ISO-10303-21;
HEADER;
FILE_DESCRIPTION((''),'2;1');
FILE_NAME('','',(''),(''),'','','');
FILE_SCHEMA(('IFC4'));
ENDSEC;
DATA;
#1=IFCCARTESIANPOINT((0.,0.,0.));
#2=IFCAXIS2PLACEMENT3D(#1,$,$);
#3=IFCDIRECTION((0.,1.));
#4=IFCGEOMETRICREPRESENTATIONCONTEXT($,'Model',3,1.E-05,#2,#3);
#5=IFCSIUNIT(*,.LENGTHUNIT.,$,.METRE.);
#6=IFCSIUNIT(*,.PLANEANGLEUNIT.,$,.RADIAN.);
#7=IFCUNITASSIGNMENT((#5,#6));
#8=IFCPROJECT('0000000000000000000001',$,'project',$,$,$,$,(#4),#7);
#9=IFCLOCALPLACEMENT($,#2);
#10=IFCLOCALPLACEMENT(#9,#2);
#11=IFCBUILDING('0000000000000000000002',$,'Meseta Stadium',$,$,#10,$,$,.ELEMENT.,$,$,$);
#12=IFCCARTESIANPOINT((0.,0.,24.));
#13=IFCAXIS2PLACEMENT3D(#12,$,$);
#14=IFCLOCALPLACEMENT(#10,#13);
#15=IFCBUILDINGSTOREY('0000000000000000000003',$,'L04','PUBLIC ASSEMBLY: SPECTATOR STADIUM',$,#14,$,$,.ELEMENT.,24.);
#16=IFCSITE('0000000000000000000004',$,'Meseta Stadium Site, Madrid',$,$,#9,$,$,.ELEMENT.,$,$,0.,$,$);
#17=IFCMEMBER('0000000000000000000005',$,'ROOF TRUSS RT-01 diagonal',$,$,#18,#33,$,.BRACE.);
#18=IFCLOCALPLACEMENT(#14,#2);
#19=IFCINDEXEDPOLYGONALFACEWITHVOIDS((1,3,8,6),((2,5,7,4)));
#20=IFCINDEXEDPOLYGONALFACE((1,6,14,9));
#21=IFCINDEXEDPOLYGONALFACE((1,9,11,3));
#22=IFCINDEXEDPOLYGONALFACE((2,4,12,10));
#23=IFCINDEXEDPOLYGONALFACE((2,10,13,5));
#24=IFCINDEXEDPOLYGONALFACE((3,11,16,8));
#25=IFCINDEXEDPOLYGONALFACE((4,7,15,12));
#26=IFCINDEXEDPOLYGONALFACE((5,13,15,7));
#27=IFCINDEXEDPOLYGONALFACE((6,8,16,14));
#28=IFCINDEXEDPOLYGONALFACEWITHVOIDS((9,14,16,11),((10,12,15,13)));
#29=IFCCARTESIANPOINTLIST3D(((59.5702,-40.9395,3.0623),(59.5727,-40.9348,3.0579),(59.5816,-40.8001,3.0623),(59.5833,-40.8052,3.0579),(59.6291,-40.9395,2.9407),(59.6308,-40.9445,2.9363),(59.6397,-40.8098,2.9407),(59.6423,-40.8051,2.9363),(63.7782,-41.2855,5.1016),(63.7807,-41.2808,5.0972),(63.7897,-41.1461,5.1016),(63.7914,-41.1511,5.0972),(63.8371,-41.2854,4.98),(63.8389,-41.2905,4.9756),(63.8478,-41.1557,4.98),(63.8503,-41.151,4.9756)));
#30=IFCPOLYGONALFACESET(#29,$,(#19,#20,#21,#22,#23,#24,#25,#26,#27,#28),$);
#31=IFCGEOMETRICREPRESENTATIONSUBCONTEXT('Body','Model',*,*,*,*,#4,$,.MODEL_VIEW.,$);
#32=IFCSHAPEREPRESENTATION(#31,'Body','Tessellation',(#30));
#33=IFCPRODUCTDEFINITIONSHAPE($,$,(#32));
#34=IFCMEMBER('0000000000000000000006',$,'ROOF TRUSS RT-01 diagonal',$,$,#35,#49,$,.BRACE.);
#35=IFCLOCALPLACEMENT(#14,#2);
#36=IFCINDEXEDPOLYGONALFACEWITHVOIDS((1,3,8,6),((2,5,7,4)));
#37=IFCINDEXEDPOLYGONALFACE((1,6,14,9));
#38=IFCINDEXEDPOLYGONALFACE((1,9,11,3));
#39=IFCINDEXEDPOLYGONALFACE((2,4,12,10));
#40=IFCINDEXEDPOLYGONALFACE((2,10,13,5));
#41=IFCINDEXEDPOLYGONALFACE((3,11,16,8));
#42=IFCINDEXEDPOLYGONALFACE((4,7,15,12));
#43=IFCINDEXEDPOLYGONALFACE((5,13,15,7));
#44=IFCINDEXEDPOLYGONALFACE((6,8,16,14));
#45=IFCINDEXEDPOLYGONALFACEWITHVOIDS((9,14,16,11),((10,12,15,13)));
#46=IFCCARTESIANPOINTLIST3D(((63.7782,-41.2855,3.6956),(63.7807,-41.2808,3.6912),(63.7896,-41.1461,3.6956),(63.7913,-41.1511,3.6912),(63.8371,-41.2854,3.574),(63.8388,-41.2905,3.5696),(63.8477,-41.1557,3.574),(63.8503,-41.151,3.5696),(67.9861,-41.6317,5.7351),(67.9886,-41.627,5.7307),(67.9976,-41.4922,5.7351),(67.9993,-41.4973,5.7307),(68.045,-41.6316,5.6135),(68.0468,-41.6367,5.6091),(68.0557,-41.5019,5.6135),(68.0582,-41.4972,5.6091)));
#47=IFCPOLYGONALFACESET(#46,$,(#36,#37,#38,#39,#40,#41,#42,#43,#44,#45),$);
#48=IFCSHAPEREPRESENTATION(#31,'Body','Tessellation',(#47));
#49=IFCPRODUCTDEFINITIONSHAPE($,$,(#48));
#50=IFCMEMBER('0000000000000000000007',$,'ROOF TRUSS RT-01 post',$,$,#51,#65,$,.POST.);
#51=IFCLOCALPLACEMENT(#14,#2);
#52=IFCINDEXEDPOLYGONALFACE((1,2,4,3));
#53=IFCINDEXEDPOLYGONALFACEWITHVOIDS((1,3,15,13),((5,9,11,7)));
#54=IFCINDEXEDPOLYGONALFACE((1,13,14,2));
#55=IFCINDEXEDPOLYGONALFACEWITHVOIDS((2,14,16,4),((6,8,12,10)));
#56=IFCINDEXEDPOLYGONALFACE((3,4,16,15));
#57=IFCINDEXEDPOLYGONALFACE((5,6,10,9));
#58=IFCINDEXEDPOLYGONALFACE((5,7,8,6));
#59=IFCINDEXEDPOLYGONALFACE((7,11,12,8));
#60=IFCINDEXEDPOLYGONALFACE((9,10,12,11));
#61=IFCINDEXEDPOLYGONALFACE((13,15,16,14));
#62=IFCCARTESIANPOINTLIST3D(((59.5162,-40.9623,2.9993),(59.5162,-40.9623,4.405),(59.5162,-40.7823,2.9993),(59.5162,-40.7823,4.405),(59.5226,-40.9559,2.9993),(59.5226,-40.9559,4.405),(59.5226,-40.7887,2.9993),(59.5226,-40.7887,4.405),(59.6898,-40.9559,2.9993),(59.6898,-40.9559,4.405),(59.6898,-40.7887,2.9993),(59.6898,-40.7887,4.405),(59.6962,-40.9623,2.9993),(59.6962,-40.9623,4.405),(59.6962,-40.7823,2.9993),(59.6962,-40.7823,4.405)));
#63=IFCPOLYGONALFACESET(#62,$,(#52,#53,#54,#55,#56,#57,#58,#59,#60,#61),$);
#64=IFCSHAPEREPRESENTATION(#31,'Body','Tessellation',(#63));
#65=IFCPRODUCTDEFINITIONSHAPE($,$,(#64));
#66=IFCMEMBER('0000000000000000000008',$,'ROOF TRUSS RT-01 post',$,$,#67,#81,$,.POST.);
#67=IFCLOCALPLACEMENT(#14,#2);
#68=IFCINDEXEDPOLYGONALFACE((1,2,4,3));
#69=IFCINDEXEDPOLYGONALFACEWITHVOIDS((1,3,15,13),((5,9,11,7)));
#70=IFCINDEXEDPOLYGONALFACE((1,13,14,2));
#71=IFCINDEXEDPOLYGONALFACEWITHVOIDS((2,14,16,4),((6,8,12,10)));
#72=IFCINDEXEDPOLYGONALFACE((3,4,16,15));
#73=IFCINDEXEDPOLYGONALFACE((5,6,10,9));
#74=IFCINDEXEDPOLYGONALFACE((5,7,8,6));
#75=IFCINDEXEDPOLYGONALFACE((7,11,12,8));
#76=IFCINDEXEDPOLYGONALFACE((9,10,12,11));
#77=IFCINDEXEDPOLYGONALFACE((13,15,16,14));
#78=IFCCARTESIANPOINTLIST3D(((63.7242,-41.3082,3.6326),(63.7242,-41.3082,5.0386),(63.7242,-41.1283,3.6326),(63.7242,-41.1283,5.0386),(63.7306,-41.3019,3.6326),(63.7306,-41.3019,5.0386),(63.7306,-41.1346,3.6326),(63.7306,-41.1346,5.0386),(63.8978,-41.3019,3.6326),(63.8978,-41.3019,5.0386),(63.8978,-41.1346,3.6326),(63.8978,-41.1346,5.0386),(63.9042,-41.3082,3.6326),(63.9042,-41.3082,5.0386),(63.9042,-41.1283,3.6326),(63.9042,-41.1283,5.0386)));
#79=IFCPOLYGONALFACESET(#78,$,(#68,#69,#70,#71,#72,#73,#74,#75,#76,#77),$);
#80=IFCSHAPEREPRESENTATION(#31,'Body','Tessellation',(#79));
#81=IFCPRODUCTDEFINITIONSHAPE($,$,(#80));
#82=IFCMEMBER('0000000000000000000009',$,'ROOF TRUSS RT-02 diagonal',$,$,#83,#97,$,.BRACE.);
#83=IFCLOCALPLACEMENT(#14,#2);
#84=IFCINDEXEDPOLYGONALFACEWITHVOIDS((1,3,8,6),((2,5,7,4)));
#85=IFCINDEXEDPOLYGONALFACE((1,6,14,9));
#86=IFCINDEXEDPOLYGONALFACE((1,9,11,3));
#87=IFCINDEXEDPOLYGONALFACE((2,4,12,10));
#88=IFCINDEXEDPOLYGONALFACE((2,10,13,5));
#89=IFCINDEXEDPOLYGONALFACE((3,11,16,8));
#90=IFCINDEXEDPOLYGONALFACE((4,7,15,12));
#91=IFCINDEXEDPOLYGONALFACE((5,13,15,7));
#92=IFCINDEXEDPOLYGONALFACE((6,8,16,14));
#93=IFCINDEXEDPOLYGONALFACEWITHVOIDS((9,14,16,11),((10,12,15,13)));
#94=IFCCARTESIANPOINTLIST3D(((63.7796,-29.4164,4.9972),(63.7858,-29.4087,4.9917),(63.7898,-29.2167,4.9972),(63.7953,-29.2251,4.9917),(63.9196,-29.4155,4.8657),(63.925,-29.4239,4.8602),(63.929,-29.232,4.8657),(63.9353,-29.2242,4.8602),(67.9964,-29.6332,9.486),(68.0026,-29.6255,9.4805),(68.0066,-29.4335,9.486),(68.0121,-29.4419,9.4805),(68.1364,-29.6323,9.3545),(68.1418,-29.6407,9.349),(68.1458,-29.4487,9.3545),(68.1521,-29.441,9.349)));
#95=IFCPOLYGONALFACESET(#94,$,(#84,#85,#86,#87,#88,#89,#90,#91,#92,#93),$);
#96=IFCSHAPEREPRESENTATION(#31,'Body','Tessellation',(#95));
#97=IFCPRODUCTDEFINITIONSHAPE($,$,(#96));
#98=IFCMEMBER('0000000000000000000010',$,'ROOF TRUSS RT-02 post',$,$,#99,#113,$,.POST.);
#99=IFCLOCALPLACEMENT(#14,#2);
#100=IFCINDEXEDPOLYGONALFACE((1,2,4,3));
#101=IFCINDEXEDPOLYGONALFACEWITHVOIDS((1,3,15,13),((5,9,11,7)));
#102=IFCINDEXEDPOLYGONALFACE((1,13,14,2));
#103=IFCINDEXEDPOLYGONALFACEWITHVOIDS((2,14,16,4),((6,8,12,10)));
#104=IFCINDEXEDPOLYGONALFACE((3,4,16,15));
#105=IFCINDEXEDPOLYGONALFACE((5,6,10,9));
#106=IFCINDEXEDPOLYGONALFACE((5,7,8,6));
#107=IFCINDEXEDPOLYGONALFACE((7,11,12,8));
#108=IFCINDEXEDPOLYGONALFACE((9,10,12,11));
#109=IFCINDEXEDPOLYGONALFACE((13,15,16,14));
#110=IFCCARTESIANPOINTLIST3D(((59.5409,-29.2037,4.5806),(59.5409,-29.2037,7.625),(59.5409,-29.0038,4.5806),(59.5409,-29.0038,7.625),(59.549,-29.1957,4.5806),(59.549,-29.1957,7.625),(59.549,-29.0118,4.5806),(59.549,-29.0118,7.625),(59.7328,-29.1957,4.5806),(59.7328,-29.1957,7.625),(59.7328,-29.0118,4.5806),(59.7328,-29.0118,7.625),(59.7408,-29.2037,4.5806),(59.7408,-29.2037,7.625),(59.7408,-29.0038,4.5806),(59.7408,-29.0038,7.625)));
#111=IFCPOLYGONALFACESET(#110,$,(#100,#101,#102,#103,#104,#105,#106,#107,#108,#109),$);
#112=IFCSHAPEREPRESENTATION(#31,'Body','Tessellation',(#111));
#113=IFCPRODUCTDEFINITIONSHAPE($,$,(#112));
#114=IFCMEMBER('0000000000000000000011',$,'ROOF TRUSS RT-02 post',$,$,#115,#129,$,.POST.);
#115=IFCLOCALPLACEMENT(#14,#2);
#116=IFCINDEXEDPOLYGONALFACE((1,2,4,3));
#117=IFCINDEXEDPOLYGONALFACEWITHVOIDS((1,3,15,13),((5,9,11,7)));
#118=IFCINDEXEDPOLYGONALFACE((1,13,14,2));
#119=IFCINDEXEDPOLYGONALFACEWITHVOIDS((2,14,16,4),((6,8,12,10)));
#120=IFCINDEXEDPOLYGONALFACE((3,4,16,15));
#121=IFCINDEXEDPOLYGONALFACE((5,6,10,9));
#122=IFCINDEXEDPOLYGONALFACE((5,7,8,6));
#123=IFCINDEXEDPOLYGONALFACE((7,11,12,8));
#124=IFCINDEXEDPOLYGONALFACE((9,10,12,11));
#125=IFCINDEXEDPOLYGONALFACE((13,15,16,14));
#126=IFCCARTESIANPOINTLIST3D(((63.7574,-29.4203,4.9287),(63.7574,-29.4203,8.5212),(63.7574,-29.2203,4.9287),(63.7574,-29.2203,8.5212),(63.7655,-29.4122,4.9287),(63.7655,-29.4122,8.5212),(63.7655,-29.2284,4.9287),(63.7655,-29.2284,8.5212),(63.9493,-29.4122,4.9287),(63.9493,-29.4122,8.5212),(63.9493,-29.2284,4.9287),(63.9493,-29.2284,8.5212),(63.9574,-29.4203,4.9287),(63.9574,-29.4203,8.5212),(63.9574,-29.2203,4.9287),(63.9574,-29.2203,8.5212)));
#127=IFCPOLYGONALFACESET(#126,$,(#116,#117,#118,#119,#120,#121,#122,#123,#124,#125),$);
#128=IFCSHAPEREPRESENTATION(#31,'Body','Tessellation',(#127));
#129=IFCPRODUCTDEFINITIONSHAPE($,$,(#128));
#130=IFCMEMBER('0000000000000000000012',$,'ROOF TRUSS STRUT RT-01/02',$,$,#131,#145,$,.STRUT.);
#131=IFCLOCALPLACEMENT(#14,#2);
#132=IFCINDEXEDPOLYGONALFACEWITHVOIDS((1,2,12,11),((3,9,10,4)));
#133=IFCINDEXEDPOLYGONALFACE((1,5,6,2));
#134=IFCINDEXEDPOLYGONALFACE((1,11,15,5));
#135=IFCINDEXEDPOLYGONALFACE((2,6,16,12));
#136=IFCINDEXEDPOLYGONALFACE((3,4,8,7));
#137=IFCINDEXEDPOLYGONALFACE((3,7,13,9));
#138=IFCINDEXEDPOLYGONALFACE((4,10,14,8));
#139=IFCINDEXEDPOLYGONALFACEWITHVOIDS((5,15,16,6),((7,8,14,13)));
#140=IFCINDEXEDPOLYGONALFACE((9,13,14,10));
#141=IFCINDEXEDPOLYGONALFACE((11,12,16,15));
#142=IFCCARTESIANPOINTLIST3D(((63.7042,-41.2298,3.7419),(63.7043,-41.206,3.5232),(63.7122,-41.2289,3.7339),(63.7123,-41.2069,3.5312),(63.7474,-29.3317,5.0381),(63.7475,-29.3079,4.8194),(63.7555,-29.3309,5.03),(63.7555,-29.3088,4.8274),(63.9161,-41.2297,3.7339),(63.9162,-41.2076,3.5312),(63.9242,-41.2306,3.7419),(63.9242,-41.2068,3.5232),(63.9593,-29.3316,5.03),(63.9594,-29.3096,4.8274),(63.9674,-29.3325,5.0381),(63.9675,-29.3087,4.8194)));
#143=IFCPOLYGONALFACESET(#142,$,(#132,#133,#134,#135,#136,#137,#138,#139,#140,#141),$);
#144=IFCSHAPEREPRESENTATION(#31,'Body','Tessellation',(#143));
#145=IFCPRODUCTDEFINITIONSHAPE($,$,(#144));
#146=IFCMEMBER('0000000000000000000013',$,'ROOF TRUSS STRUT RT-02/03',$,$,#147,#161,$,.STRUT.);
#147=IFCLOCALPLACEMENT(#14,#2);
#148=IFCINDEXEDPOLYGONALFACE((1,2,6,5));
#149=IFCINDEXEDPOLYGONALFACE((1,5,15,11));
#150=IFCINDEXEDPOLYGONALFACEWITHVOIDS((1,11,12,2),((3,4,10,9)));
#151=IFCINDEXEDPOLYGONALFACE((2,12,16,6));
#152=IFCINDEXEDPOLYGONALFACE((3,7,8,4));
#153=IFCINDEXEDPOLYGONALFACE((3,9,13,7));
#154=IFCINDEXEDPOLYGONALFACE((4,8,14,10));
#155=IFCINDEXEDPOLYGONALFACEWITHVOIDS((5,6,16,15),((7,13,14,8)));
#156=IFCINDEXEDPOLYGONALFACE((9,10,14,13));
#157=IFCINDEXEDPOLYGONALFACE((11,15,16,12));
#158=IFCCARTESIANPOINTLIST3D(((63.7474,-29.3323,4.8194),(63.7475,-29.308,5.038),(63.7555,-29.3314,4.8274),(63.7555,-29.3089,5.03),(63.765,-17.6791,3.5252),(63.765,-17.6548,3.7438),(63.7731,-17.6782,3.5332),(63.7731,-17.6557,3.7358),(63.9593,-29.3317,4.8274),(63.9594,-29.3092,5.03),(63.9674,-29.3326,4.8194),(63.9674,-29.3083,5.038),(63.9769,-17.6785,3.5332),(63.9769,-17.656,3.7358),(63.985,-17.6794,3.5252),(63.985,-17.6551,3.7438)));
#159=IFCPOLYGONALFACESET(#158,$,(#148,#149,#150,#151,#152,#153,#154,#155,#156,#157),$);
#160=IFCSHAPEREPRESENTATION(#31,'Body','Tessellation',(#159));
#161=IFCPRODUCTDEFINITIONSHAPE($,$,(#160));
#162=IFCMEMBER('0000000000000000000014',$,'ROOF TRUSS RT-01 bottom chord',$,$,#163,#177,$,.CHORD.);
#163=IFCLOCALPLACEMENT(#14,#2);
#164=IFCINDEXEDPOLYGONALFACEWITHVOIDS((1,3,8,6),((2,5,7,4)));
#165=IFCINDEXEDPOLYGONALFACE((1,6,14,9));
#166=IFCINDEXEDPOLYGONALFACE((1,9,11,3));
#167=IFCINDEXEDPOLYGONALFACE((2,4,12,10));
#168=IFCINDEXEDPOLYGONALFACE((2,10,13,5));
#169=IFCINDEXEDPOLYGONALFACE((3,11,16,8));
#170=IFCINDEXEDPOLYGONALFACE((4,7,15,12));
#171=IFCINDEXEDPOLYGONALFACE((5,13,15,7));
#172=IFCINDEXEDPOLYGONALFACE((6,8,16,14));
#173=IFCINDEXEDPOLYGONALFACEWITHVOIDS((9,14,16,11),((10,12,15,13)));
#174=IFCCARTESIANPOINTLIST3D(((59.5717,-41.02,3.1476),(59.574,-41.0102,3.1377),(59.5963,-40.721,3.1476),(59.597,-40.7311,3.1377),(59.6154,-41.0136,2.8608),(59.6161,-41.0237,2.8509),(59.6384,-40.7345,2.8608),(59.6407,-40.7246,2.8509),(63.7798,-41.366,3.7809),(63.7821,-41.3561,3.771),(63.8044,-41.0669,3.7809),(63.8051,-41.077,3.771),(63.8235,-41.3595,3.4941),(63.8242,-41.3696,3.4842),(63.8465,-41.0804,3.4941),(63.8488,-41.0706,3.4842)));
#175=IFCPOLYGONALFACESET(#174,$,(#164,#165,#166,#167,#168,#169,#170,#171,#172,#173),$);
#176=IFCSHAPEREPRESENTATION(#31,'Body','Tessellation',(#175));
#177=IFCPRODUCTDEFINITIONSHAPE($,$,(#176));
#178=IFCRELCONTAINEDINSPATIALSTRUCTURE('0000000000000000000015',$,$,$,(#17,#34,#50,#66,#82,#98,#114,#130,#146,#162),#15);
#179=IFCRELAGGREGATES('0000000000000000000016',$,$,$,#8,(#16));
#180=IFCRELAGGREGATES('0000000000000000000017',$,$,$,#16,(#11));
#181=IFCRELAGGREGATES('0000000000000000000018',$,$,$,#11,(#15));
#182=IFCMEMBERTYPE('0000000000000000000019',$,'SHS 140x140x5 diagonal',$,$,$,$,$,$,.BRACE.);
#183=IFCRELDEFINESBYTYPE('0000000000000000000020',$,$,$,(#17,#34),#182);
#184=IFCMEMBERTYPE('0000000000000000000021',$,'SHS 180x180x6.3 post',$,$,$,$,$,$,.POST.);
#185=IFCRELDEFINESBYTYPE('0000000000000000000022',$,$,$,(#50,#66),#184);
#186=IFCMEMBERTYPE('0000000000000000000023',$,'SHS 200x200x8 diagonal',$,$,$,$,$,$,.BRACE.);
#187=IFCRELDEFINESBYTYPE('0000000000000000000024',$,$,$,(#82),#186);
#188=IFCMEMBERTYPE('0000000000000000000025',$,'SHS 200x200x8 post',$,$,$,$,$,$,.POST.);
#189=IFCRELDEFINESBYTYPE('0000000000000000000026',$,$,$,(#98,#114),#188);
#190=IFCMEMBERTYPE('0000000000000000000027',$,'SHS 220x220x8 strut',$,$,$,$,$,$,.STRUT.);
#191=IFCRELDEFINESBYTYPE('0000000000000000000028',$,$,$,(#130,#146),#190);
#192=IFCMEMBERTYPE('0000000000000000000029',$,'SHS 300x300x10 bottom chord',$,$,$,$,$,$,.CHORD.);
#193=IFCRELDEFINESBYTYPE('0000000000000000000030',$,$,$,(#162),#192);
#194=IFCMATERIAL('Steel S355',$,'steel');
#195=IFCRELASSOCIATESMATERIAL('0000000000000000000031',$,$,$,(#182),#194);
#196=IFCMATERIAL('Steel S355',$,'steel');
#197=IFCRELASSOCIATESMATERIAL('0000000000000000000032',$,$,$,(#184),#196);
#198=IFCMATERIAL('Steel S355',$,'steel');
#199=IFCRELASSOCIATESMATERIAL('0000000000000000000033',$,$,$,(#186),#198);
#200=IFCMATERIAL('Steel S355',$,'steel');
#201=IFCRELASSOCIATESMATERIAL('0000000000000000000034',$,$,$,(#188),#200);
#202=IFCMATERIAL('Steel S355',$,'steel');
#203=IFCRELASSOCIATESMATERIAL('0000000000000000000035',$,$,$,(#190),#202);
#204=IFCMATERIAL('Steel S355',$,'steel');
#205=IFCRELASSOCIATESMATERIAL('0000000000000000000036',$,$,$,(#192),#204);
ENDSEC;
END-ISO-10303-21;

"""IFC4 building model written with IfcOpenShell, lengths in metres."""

from ifc_helpers import new_model, si_unit, direction, frame, origin, origin_2d, place, context, subcontext, project, spatial, hollow_rectangle, extrude, material, material_profile, profile_set, type_object, element, save


model = new_model("IFC4")

# Units and contexts
model_context = context("Model", 3, precision=1e-05, world=origin(), true_north=direction((0.0, 1.0)))
body_context = subcontext(model_context, "Body", "Model", "MODEL_VIEW")
ifc_project = project(units=[si_unit("LENGTHUNIT", "METRE"), si_unit("PLANEANGLEUNIT", "RADIAN")], contexts=[model_context])

# Site, building, storey
site_placement = place(None, origin())
site = spatial("IfcSite", under=ifc_project, at=site_placement, Name="Meseta Stadium Site, Madrid", CompositionType="ELEMENT", RefElevation=0.0)
building_placement = place(site_placement, origin())
building = spatial("IfcBuilding", under=site, at=building_placement, Name="Meseta Stadium", CompositionType="ELEMENT")
storey_placement = place(building_placement, frame((0.0, 0.0, 24.0)))
storey = spatial("IfcBuildingStorey", under=building, at=storey_placement, Name="L04", Description="PUBLIC ASSEMBLY: SPECTATOR STADIUM", CompositionType="ELEMENT", Elevation=24.0)

# Members
ifc_material_1 = material(Name="Steel S355", Category="steel")
ifc_material_profile_1 = material_profile(ifc_material_1, hollow_rectangle(XDim=0.1399, YDim=0.1399, WallThickness=0.0049, at=origin_2d()), Name="SHS 140x140x5")
ifc_profile_set_1 = profile_set([ifc_material_profile_1], Name="Steel S355")
member_type_1 = type_object("IfcMemberType", Name="SHS 140x140x5 diagonal", PredefinedType="BRACE", material=ifc_profile_set_1)
for number, where, z_axis, x_axis, name in (
    (1, (59.6062, -40.8723, 2.9993), (0.89744, -0.07378, 0.434922), (0.081935, 0.996638, 0.0), "ROOF TRUSS RT-01 diagonal"),
    (2, (63.8142, -41.2183, 3.6326), (0.897417, -0.07383, 0.434963), (0.081993, 0.996633, 0.0), "ROOF TRUSS RT-01 diagonal"),
):
    element("IfcMember", number, at=place(storey_placement, frame(where, z_axis=z_axis, x_axis=x_axis)), inside=storey, type_object=member_type_1, Name=name, PredefinedType="BRACE", context=body_context, shape_type="SweptSolid", body=[
        extrude(hollow_rectangle(XDim=0.1399, YDim=0.1399, WallThickness=0.0049, at=origin_2d()), origin(), (0.0, 0.0, 1.0), 4.689),
    ])
ifc_material_2 = material(Name="Steel S355", Category="steel")
ifc_material_profile_2 = material_profile(ifc_material_2, hollow_rectangle(XDim=0.1799, YDim=0.1799, WallThickness=0.0063, at=origin_2d()), Name="SHS 180x180x6.3")
ifc_profile_set_2 = profile_set([ifc_material_profile_2], Name="Steel S355")
member_type_2 = type_object("IfcMemberType", Name="SHS 180x180x6.3 post", PredefinedType="POST", material=ifc_profile_set_2)
member_1_placement = place(storey_placement, frame((59.6062, -40.8723, 2.9993), z_axis=(0.0, 0.0, 1.0), x_axis=(1.0, 0.0, 0.0)))
element("IfcMember", 3, at=member_1_placement, inside=storey, type_object=member_type_2, Name="ROOF TRUSS RT-01 post", PredefinedType="POST", context=body_context, shape_type="SweptSolid", body=[
    extrude(hollow_rectangle(XDim=0.1799, YDim=0.1799, WallThickness=0.0063, at=origin_2d()), origin(), (0.0, 0.0, 1.0), 1.4058),
])
member_2_placement = place(storey_placement, frame((63.8142, -41.2183, 3.6326), z_axis=(0.0, 0.0, 1.0), x_axis=(1.0, 0.0, 0.0)))
element("IfcMember", 4, at=member_2_placement, inside=storey, type_object=member_type_2, Name="ROOF TRUSS RT-01 post", PredefinedType="POST", context=body_context, shape_type="SweptSolid", body=[
    extrude(hollow_rectangle(XDim=0.1799, YDim=0.1799, WallThickness=0.0063, at=origin_2d()), origin(), (0.0, 0.0, 1.0), 1.406),
])
ifc_material_3 = material(Name="Steel S355", Category="steel")
ifc_material_profile_3 = material_profile(ifc_material_3, hollow_rectangle(XDim=0.2, YDim=0.2, WallThickness=0.0081, at=origin_2d()), Name="SHS 200x200x8")
ifc_profile_set_3 = profile_set([ifc_material_profile_3], Name="Steel S355")
member_type_3 = type_object("IfcMemberType", Name="SHS 200x200x8 diagonal", PredefinedType="BRACE", material=ifc_profile_set_3)
member_3_placement = place(storey_placement, frame((63.8574, -29.3203, 4.9287), z_axis=(0.684258, -0.03518, 0.728391), x_axis=(0.051345, 0.998681, 0.0)))
element("IfcMember", 5, at=member_3_placement, inside=storey, type_object=member_type_3, Name="ROOF TRUSS RT-02 diagonal", PredefinedType="BRACE", context=body_context, shape_type="SweptSolid", body=[
    extrude(hollow_rectangle(XDim=0.2, YDim=0.2, WallThickness=0.0081, at=origin_2d()), origin(), (0.0, 0.0, 1.0), 6.1626),
])
ifc_material_4 = material(Name="Steel S355", Category="steel")
ifc_material_profile_4 = material_profile(ifc_material_4, hollow_rectangle(XDim=0.2, YDim=0.2, WallThickness=0.0081, at=origin_2d()), Name="SHS 200x200x8")
ifc_profile_set_4 = profile_set([ifc_material_profile_4], Name="Steel S355")
member_type_4 = type_object("IfcMemberType", Name="SHS 200x200x8 post", PredefinedType="POST", material=ifc_profile_set_4)
member_4_placement = place(storey_placement, frame((59.6409, -29.1038, 4.5806), z_axis=(0.0, 0.0, 1.0), x_axis=(1.0, 0.0, 0.0)))
element("IfcMember", 6, at=member_4_placement, inside=storey, type_object=member_type_4, Name="ROOF TRUSS RT-02 post", PredefinedType="POST", context=body_context, shape_type="SweptSolid", body=[
    extrude(hollow_rectangle(XDim=0.2, YDim=0.2, WallThickness=0.0081, at=origin_2d()), origin(), (0.0, 0.0, 1.0), 3.0444),
])
member_5_placement = place(storey_placement, frame((63.8574, -29.3203, 4.9287), z_axis=(0.0, 0.0, 1.0), x_axis=(1.0, 0.0, 0.0)))
element("IfcMember", 7, at=member_5_placement, inside=storey, type_object=member_type_4, Name="ROOF TRUSS RT-02 post", PredefinedType="POST", context=body_context, shape_type="SweptSolid", body=[
    extrude(hollow_rectangle(XDim=0.2, YDim=0.2, WallThickness=0.0081, at=origin_2d()), origin(), (0.0, 0.0, 1.0), 3.5925),
])
ifc_material_5 = material(Name="Steel S355", Category="steel")
ifc_material_profile_5 = material_profile(ifc_material_5, hollow_rectangle(XDim=0.22, YDim=0.22, WallThickness=0.0081, at=origin_2d()), Name="SHS 220x220x8")
ifc_profile_set_5 = profile_set([ifc_material_profile_5], Name="Steel S355")
member_type_5 = type_object("IfcMemberType", Name="SHS 220x220x8 strut", PredefinedType="STRUT", material=ifc_profile_set_5)
member_6_placement = place(storey_placement, frame((63.8142, -41.2183, 3.6326), z_axis=(0.003611, 0.994112, 0.108297), x_axis=(-0.999993, 0.003632, 0.0)))
element("IfcMember", 8, at=member_6_placement, inside=storey, type_object=member_type_5, Name="ROOF TRUSS STRUT RT-01/02", PredefinedType="STRUT", context=body_context, shape_type="SweptSolid", body=[
    extrude(hollow_rectangle(XDim=0.22, YDim=0.22, WallThickness=0.0081, at=origin_2d()), origin(), (0.0, 0.0, 1.0), 11.9685),
])
member_7_placement = place(storey_placement, frame((63.8574, -29.3203, 4.9287), z_axis=(0.001499, 0.993888, -0.110381), x_axis=(-0.999999, 0.001508, 0.0)))
element("IfcMember", 9, at=member_7_placement, inside=storey, type_object=member_type_5, Name="ROOF TRUSS STRUT RT-02/03", PredefinedType="STRUT", context=body_context, shape_type="SweptSolid", body=[
    extrude(hollow_rectangle(XDim=0.22, YDim=0.22, WallThickness=0.0081, at=origin_2d()), origin(), (0.0, 0.0, 1.0), 11.7249),
])
ifc_material_6 = material(Name="Steel S355", Category="steel")
ifc_material_profile_6 = material_profile(ifc_material_6, hollow_rectangle(XDim=0.3, YDim=0.3, WallThickness=0.01, at=origin_2d()), Name="SHS 300x300x10")
ifc_profile_set_6 = profile_set([ifc_material_profile_6], Name="Steel S355")
member_type_6 = type_object("IfcMemberType", Name="SHS 300x300x10 bottom chord", PredefinedType="CHORD", material=ifc_profile_set_6)
for number, where, z_axis, x_axis, name in (
    (10, (59.6062, -40.8723, 2.9993), (0.985612, -0.081029, 0.148334), (0.081935, 0.996638, 0.0), "ROOF TRUSS RT-01 bottom chord"),
):
    element("IfcMember", number, at=place(storey_placement, frame(where, z_axis=z_axis, x_axis=x_axis)), inside=storey, type_object=member_type_6, Name=name, PredefinedType="CHORD", context=body_context, shape_type="SweptSolid", body=[
        extrude(hollow_rectangle(XDim=0.3, YDim=0.3, WallThickness=0.01, at=origin_2d()), origin(), (0.0, 0.0, 1.0), 4.2695),
    ])

save(model, "model.ifc")
